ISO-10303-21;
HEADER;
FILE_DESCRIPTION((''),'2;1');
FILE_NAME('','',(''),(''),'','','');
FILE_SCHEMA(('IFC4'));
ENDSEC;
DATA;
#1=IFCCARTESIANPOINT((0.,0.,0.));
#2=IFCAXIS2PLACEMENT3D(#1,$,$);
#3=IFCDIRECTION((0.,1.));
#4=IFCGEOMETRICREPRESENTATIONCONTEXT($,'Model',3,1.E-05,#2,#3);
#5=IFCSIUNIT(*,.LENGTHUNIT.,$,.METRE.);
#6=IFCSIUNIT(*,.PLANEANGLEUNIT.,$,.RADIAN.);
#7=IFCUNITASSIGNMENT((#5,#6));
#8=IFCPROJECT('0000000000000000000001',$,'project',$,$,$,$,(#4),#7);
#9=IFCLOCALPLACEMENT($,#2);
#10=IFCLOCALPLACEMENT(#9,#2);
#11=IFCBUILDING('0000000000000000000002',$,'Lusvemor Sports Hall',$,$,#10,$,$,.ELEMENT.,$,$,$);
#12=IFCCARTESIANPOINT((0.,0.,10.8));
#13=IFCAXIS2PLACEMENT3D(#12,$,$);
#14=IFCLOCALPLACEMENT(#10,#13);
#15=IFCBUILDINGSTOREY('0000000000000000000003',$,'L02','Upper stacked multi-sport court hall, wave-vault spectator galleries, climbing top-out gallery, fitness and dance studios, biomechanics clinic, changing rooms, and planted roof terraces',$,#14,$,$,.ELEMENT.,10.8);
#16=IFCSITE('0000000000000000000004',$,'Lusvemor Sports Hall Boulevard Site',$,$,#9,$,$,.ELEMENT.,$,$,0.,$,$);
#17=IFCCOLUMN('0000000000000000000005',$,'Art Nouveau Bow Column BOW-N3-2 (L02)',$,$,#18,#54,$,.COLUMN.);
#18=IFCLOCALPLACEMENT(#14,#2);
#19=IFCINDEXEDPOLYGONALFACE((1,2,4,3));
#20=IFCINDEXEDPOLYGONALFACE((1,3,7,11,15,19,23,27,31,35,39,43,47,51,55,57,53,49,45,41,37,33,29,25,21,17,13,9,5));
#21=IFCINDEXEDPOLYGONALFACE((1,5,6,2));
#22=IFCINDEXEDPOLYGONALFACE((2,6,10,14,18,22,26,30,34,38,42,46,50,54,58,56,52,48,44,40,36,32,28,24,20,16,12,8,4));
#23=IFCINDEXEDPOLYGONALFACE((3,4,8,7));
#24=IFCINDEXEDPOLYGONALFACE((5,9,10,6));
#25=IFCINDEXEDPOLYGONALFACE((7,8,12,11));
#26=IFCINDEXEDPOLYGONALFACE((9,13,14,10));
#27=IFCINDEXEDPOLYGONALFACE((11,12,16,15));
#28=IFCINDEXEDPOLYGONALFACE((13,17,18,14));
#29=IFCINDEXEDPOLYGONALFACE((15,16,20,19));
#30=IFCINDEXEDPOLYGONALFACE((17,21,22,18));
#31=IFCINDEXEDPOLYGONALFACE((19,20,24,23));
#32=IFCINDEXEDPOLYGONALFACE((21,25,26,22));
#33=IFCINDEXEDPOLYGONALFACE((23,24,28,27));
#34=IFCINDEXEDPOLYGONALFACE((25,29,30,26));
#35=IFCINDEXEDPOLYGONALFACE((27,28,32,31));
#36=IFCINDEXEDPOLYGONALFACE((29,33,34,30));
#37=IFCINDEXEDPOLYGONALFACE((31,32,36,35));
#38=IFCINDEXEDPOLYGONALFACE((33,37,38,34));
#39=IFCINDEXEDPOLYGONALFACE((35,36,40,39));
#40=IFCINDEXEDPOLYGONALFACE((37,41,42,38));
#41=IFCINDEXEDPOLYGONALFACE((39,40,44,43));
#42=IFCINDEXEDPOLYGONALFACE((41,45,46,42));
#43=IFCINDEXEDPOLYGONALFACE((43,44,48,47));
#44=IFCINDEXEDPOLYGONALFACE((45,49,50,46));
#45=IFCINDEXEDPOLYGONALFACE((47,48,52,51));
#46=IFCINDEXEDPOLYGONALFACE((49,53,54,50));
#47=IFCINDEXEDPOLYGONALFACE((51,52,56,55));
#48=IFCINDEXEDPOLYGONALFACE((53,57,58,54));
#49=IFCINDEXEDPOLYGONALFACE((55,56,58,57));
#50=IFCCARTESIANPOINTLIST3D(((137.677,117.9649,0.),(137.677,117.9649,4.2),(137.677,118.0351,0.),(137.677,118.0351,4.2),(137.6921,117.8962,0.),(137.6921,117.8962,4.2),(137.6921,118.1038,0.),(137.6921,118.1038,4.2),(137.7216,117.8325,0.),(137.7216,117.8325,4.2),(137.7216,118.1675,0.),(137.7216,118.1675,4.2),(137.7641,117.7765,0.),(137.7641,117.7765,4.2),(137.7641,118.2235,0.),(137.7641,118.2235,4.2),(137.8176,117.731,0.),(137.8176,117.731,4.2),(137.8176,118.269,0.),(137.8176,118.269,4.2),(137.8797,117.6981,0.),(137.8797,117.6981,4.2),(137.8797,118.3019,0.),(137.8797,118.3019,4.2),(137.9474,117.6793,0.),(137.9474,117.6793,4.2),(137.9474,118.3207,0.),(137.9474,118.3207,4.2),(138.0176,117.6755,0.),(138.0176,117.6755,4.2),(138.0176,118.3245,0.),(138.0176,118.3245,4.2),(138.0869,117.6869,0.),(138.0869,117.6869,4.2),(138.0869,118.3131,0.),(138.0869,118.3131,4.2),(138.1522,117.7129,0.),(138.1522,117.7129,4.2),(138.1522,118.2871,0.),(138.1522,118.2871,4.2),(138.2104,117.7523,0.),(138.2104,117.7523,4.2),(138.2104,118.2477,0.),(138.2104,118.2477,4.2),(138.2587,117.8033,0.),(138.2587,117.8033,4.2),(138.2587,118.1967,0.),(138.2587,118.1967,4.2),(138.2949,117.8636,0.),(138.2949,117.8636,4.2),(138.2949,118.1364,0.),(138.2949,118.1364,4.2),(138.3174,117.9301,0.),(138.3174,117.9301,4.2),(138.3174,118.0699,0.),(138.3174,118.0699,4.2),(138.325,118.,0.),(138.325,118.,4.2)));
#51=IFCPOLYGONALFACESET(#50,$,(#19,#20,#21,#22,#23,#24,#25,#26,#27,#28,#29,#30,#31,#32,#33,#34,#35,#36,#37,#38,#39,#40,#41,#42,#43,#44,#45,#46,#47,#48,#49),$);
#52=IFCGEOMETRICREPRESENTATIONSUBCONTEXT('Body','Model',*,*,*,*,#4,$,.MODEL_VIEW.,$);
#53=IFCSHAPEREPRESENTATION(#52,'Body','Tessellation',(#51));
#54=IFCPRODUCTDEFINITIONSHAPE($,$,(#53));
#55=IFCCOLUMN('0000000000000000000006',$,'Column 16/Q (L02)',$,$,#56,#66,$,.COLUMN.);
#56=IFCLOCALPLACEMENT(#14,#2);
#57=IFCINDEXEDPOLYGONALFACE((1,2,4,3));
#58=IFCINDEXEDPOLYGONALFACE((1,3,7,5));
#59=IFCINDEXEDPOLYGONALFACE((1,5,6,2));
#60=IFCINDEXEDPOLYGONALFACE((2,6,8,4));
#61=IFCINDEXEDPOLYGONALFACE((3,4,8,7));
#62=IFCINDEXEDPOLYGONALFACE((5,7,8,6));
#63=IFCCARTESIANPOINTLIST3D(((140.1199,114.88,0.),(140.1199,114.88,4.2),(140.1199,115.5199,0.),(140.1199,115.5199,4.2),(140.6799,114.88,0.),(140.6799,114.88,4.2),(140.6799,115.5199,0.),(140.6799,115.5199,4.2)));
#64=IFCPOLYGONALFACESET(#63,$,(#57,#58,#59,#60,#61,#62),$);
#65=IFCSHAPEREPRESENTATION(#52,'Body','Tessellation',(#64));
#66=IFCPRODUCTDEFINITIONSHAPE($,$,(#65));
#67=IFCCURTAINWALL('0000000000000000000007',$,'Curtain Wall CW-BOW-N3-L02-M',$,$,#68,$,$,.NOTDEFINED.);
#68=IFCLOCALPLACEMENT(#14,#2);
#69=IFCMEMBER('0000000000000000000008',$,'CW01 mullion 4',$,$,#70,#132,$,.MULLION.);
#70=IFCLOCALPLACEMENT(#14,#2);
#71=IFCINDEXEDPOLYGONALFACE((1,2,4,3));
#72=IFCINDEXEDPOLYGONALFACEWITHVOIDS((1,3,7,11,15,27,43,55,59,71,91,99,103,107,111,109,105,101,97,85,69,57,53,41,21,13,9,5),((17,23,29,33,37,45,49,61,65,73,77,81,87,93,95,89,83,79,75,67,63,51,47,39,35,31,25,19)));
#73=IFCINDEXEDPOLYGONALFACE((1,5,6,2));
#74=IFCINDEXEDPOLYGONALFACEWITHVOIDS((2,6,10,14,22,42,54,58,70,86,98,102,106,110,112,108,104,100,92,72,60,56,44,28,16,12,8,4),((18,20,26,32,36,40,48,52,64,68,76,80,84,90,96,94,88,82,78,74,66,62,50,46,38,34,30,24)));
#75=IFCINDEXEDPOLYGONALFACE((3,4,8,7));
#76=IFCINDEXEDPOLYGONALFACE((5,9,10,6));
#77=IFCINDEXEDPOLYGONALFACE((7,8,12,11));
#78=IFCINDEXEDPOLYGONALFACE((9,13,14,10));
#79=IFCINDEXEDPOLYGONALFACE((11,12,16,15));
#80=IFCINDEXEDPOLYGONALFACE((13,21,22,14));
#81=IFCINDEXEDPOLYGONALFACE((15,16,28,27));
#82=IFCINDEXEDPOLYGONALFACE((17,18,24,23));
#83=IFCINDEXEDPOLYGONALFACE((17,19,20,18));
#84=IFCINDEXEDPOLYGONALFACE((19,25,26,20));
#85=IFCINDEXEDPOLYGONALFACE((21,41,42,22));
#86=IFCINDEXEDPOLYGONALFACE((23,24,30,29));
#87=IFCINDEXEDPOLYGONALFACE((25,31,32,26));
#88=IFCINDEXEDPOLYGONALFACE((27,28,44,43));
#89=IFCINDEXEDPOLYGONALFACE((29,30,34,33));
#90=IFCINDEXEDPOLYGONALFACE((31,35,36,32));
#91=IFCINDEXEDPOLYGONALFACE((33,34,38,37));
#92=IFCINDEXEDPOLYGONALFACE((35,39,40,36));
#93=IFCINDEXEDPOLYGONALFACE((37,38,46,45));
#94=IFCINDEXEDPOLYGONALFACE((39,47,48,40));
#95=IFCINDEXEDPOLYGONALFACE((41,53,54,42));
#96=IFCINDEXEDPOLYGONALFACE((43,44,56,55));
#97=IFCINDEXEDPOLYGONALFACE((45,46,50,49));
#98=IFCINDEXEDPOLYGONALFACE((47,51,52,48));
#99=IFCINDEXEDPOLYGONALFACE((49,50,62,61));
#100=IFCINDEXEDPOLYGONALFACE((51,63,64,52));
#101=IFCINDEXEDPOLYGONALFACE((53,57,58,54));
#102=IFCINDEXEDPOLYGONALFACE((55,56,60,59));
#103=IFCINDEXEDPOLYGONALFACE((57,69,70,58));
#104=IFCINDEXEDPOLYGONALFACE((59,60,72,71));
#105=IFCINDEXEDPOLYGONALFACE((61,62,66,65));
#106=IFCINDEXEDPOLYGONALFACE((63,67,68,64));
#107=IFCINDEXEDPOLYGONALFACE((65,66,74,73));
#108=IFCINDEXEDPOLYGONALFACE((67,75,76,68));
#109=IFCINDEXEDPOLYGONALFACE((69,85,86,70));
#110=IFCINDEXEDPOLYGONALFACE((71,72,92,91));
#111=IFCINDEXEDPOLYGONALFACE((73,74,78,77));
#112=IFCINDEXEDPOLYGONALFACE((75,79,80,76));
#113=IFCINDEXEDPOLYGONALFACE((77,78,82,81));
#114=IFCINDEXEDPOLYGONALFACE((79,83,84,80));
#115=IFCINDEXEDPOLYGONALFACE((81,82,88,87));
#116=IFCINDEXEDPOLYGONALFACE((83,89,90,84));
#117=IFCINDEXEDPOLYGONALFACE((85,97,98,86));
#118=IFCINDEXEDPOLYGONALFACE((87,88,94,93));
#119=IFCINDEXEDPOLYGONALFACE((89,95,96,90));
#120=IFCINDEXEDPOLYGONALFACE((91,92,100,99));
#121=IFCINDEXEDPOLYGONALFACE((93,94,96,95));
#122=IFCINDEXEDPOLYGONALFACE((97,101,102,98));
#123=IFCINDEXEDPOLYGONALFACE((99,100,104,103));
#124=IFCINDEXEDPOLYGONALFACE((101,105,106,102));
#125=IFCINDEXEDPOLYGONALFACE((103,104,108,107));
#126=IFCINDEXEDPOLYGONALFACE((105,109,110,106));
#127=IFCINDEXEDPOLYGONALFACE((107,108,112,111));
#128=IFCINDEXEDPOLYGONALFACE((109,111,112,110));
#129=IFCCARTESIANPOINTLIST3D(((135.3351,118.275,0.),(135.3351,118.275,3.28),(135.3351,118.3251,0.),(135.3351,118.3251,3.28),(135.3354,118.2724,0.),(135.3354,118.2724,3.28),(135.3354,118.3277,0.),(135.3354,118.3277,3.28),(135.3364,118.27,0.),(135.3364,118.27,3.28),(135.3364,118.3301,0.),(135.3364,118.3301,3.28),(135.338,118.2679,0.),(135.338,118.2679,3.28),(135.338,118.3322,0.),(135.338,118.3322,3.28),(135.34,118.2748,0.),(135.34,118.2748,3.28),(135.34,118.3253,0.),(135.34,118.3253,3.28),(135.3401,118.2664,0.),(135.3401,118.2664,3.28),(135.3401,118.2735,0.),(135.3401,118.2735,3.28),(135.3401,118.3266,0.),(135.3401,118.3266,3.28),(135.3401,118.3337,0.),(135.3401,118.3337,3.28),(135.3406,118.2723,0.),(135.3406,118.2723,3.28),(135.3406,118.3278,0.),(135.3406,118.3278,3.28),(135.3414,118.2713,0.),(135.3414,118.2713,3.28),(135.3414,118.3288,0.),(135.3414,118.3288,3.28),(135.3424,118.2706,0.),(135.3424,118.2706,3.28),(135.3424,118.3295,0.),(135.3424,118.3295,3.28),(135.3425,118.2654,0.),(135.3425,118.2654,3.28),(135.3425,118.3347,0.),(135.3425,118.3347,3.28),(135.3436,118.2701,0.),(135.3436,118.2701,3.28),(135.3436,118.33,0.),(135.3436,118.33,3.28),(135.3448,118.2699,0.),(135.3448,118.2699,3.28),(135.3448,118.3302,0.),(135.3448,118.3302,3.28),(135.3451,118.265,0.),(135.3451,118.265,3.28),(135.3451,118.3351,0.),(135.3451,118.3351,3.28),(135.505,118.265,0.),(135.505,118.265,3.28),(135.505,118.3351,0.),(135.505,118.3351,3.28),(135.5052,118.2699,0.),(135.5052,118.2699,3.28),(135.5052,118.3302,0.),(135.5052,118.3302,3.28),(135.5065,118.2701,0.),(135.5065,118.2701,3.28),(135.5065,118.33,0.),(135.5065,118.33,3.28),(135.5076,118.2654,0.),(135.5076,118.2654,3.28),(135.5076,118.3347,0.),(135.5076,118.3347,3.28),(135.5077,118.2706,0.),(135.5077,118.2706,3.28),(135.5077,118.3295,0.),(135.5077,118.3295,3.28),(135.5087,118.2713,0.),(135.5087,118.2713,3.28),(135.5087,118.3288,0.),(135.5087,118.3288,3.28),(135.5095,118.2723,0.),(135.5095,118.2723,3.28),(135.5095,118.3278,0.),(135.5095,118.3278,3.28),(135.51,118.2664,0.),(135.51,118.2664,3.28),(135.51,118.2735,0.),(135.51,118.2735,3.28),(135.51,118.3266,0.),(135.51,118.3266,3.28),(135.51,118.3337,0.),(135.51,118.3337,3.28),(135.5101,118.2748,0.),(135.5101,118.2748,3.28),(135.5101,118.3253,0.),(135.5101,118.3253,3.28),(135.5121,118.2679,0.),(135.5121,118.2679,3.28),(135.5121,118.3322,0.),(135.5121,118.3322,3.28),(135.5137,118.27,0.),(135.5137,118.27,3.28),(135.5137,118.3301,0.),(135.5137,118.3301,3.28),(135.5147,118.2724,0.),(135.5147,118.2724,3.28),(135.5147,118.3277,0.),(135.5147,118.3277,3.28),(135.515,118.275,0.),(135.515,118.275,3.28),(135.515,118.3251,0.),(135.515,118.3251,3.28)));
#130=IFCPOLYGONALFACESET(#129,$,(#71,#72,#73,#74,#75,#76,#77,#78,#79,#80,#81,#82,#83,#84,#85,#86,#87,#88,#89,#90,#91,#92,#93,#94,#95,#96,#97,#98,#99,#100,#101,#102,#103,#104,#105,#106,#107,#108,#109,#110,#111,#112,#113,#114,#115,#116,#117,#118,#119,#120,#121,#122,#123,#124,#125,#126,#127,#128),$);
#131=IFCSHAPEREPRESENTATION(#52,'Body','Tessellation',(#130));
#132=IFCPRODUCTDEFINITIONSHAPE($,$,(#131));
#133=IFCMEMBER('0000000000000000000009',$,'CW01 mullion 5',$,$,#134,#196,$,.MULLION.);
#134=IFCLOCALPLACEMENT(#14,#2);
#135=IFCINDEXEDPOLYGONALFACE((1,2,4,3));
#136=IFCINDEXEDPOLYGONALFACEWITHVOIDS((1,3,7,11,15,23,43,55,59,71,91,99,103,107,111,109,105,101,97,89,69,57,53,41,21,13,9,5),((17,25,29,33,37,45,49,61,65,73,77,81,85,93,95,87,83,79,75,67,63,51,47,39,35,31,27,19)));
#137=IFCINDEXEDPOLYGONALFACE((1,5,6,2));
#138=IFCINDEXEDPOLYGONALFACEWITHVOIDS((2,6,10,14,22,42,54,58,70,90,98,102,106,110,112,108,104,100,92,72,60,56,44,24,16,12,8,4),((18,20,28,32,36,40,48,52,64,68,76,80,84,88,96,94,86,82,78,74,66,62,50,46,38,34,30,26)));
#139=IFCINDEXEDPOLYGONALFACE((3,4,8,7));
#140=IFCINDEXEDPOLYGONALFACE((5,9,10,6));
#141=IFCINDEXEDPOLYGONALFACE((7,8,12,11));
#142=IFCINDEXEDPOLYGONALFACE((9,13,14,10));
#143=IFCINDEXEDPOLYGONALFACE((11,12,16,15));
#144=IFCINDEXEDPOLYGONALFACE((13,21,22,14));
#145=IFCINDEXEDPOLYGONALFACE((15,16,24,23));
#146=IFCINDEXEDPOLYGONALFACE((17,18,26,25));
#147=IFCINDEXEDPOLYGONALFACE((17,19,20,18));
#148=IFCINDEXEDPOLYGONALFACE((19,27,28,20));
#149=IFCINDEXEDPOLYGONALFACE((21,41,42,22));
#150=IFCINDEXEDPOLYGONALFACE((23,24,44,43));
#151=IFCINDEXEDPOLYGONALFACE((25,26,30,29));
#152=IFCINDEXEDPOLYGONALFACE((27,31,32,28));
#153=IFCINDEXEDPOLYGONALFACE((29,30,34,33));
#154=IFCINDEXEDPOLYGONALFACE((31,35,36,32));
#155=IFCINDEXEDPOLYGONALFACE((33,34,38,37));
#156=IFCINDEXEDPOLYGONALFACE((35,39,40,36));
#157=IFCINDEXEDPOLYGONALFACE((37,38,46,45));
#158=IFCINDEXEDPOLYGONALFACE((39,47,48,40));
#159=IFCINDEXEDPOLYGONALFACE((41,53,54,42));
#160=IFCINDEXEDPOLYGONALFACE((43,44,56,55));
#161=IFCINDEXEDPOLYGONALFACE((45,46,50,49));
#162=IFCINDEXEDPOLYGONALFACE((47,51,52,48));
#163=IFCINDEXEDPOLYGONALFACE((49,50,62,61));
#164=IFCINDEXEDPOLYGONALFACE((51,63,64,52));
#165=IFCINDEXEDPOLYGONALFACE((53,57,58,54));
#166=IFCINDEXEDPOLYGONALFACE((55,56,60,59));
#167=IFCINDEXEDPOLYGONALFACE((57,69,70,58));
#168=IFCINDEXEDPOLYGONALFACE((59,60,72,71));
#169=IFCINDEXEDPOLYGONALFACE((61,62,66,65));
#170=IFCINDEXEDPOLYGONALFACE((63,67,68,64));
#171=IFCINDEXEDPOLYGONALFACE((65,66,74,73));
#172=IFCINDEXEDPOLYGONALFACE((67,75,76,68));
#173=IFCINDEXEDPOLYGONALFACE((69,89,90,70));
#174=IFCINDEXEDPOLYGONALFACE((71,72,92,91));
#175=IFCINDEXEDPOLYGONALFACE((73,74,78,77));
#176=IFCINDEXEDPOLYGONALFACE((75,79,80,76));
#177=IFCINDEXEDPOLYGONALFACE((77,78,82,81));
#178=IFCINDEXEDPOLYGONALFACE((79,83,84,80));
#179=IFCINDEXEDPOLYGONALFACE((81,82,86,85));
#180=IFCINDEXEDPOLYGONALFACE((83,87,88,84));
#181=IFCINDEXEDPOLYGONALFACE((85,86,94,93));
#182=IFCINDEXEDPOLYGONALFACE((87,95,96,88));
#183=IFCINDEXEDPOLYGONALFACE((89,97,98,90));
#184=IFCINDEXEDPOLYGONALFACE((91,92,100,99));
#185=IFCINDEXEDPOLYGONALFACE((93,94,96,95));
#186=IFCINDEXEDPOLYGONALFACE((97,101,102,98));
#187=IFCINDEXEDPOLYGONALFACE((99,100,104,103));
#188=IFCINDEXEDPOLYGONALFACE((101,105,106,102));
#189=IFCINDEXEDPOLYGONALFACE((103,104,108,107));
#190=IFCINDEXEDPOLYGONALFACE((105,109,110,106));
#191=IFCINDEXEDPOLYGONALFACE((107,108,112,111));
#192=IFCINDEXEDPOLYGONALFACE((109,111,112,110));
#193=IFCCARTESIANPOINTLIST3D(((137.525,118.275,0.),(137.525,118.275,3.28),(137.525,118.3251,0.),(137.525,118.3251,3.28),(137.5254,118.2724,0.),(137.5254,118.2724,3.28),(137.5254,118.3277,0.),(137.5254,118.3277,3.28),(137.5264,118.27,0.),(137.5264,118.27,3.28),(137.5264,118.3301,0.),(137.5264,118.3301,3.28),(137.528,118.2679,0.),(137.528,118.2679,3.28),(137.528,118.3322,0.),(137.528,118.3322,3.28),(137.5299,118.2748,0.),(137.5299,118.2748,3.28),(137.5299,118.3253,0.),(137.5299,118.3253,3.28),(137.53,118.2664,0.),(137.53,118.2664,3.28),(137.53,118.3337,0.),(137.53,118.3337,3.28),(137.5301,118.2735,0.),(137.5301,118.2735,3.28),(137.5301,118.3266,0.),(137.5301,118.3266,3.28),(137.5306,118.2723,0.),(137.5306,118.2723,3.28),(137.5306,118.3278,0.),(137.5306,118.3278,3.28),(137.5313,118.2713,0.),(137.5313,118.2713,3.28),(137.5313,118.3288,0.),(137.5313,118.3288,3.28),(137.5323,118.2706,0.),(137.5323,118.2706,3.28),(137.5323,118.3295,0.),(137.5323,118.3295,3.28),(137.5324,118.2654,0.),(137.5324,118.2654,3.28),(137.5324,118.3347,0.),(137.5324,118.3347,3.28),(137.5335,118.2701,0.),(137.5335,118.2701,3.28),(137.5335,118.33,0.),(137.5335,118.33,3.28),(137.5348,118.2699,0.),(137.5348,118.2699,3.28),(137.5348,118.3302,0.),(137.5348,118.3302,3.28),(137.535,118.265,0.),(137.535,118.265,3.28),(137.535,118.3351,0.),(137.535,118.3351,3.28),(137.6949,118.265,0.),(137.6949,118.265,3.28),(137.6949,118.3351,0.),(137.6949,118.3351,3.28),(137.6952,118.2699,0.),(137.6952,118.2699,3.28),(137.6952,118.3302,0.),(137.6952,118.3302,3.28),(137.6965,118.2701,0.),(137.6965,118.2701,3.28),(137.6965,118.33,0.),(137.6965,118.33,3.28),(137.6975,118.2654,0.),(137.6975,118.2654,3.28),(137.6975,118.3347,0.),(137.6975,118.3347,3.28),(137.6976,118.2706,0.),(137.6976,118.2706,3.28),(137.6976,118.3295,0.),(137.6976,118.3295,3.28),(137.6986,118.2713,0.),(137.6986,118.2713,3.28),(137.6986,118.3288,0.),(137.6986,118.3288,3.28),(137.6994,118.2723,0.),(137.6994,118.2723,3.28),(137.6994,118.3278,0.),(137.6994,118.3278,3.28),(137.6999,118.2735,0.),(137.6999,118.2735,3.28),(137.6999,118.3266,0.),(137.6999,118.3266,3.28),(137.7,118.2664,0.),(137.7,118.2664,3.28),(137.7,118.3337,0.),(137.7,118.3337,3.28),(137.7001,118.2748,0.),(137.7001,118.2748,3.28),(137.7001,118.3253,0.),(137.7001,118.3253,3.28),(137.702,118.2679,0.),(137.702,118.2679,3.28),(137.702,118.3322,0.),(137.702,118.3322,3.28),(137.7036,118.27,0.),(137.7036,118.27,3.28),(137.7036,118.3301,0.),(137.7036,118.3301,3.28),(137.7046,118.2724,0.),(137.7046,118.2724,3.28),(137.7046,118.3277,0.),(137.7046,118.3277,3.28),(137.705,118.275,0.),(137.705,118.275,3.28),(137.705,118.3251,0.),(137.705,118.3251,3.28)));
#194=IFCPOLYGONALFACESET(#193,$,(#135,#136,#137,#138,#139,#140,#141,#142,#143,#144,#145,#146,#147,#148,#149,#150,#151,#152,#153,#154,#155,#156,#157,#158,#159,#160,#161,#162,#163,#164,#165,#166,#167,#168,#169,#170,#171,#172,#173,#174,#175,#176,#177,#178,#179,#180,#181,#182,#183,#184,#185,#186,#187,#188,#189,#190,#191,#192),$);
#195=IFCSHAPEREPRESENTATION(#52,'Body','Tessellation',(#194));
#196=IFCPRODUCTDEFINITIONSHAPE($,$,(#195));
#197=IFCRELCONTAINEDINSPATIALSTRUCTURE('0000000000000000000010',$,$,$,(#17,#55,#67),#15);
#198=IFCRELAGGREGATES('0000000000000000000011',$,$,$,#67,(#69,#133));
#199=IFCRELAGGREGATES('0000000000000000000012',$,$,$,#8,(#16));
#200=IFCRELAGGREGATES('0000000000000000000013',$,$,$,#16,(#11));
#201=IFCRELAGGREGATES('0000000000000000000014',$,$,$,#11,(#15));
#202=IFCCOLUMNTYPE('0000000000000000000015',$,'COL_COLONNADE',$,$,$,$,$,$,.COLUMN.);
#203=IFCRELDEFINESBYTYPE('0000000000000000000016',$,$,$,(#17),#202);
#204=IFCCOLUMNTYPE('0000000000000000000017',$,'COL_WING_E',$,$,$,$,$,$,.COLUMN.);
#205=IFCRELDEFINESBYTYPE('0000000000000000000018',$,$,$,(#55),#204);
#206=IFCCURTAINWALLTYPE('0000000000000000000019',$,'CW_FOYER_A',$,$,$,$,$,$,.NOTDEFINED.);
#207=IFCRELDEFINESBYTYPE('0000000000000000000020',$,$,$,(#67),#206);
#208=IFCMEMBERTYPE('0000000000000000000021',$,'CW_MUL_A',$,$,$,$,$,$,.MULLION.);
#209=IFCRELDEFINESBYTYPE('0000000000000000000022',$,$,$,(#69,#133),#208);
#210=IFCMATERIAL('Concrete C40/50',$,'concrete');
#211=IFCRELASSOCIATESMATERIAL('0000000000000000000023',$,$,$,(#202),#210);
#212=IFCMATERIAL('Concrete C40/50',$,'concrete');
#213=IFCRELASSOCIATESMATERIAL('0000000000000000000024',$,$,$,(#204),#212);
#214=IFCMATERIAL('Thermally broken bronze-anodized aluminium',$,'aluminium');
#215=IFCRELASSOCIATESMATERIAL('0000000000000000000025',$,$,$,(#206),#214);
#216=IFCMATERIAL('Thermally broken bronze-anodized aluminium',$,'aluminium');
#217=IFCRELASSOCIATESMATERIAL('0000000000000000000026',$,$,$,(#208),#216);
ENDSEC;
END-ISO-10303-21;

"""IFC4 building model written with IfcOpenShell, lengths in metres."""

from ifc_helpers import new_model, si_unit, direction, frame, origin, origin_2d, place, context, subcontext, project, spatial, rectangle, hollow_rectangle, circle, extrude, material, material_profile, profile_set, type_object, element, aggregate, save


model = new_model("IFC4")

# Units and contexts
model_context = context("Model", 3, precision=1e-05, world=origin(), true_north=direction((0.0, 1.0)))
body_context = subcontext(model_context, "Body", "Model", "MODEL_VIEW")
ifc_project = project(units=[si_unit("LENGTHUNIT", "METRE"), si_unit("PLANEANGLEUNIT", "RADIAN")], contexts=[model_context])

# Site, building, storey
site_placement = place(None, origin())
site = spatial("IfcSite", under=ifc_project, at=site_placement, Name="Lusvemor Sports Hall Boulevard Site", CompositionType="ELEMENT", RefElevation=0.0)
building_placement = place(site_placement, origin())
building = spatial("IfcBuilding", under=site, at=building_placement, Name="Lusvemor Sports Hall", CompositionType="ELEMENT")
storey_placement = place(building_placement, frame((0.0, 0.0, 10.8)))
storey = spatial("IfcBuildingStorey", under=building, at=storey_placement, Name="L02", Description="Upper stacked multi-sport court hall, wave-vault spectator galleries, climbing top-out gallery, fitness and dance studios, biomechanics clinic, changing rooms, and planted roof terraces", CompositionType="ELEMENT", Elevation=10.8)

# Columns
ifc_material_1 = material(Name="Concrete C40/50", Category="concrete")
ifc_material_profile_1 = material_profile(ifc_material_1, circle(Radius=0.325, at=origin_2d()), Name="RCCIRC650")
ifc_profile_set_1 = profile_set([ifc_material_profile_1], Name="Concrete C40/50")
column_type_1 = type_object("IfcColumnType", Name="COL_COLONNADE", PredefinedType="COLUMN", material=ifc_profile_set_1)
column_1_placement = place(storey_placement, frame((138.0, 118.0, 0.0), z_axis=(0.0, 0.0, 1.0), x_axis=(1.0, 0.0, 0.0)))
element("IfcColumn", 1, at=column_1_placement, inside=storey, type_object=column_type_1, Name="Art Nouveau Bow Column BOW-N3-2 (L02)", PredefinedType="COLUMN", context=body_context, shape_type="SweptSolid", body=[
    extrude(circle(Radius=0.325, at=origin_2d()), origin(), (0.0, 0.0, 1.0), 4.2),
])
ifc_material_2 = material(Name="Concrete C40/50", Category="concrete")
ifc_material_profile_2 = material_profile(ifc_material_2, rectangle(XDim=0.5601, YDim=0.6399, at=origin_2d()), Name="RC560x640")
ifc_profile_set_2 = profile_set([ifc_material_profile_2], Name="Concrete C40/50")
column_type_2 = type_object("IfcColumnType", Name="COL_WING_E", PredefinedType="COLUMN", material=ifc_profile_set_2)
column_2_placement = place(storey_placement, frame((140.3999, 115.2, 0.0), z_axis=(0.0, 0.0, 1.0), x_axis=(1.0, 0.0, 0.0)))
element("IfcColumn", 2, at=column_2_placement, inside=storey, type_object=column_type_2, Name="Column 16/Q (L02)", PredefinedType="COLUMN", context=body_context, shape_type="SweptSolid", body=[
    extrude(rectangle(XDim=0.5601, YDim=0.6399, at=origin_2d()), origin(), (0.0, 0.0, 1.0), 4.2),
])

# Curtain wall, members
ifc_material_3 = material(Name="Thermally broken bronze-anodized aluminium", Category="aluminium")
curtain_wall_type_1 = type_object("IfcCurtainWallType", Name="CW_FOYER_A", PredefinedType="NOTDEFINED", material=ifc_material_3)
curtain_wall_1_placement = place(storey_placement, origin())
curtain_wall_1 = element("IfcCurtainWall", 3, at=curtain_wall_1_placement, inside=storey, type_object=curtain_wall_type_1, Name="Curtain Wall CW-BOW-N3-L02-M", PredefinedType="NOTDEFINED")
ifc_material_4 = material(Name="Thermally broken bronze-anodized aluminium", Category="aluminium")
ifc_material_profile_3 = material_profile(ifc_material_4, hollow_rectangle(XDim=0.0701, YDim=0.1799, WallThickness=0.0049, InnerFilletRadius=0.0049, OuterFilletRadius=0.01, at=origin_2d()), Name="CWMUL180x70x5")
ifc_profile_set_3 = profile_set([ifc_material_profile_3], Name="Thermally broken bronze-anodized aluminium")
member_type_1 = type_object("IfcMemberType", Name="CW_MUL_A", PredefinedType="MULLION", material=ifc_profile_set_3)
member_1_placement = place(storey_placement, frame((135.425, 118.3, 0.0), z_axis=(0.0, 0.0, 1.0), x_axis=(0.0, 1.0, 0.0)))
member_1 = element("IfcMember", 4, at=member_1_placement, type_object=member_type_1, Name="CW01 mullion 4", PredefinedType="MULLION", context=body_context, shape_type="SweptSolid", body=[
    extrude(hollow_rectangle(XDim=0.0701, YDim=0.1799, WallThickness=0.0049, InnerFilletRadius=0.0049, OuterFilletRadius=0.01, at=origin_2d()), origin(), (0.0, 0.0, 1.0), 3.28),
])
member_2_placement = place(storey_placement, frame((137.615, 118.3, 0.0), z_axis=(0.0, 0.0, 1.0), x_axis=(0.0, 1.0, 0.0)))
member_2 = element("IfcMember", 5, at=member_2_placement, type_object=member_type_1, Name="CW01 mullion 5", PredefinedType="MULLION", context=body_context, shape_type="SweptSolid", body=[
    extrude(hollow_rectangle(XDim=0.0701, YDim=0.1799, WallThickness=0.0049, InnerFilletRadius=0.0049, OuterFilletRadius=0.01, at=origin_2d()), origin(), (0.0, 0.0, 1.0), 3.28),
])

aggregate(curtain_wall_1, [member_1, member_2])

save(model, "model.ifc")
